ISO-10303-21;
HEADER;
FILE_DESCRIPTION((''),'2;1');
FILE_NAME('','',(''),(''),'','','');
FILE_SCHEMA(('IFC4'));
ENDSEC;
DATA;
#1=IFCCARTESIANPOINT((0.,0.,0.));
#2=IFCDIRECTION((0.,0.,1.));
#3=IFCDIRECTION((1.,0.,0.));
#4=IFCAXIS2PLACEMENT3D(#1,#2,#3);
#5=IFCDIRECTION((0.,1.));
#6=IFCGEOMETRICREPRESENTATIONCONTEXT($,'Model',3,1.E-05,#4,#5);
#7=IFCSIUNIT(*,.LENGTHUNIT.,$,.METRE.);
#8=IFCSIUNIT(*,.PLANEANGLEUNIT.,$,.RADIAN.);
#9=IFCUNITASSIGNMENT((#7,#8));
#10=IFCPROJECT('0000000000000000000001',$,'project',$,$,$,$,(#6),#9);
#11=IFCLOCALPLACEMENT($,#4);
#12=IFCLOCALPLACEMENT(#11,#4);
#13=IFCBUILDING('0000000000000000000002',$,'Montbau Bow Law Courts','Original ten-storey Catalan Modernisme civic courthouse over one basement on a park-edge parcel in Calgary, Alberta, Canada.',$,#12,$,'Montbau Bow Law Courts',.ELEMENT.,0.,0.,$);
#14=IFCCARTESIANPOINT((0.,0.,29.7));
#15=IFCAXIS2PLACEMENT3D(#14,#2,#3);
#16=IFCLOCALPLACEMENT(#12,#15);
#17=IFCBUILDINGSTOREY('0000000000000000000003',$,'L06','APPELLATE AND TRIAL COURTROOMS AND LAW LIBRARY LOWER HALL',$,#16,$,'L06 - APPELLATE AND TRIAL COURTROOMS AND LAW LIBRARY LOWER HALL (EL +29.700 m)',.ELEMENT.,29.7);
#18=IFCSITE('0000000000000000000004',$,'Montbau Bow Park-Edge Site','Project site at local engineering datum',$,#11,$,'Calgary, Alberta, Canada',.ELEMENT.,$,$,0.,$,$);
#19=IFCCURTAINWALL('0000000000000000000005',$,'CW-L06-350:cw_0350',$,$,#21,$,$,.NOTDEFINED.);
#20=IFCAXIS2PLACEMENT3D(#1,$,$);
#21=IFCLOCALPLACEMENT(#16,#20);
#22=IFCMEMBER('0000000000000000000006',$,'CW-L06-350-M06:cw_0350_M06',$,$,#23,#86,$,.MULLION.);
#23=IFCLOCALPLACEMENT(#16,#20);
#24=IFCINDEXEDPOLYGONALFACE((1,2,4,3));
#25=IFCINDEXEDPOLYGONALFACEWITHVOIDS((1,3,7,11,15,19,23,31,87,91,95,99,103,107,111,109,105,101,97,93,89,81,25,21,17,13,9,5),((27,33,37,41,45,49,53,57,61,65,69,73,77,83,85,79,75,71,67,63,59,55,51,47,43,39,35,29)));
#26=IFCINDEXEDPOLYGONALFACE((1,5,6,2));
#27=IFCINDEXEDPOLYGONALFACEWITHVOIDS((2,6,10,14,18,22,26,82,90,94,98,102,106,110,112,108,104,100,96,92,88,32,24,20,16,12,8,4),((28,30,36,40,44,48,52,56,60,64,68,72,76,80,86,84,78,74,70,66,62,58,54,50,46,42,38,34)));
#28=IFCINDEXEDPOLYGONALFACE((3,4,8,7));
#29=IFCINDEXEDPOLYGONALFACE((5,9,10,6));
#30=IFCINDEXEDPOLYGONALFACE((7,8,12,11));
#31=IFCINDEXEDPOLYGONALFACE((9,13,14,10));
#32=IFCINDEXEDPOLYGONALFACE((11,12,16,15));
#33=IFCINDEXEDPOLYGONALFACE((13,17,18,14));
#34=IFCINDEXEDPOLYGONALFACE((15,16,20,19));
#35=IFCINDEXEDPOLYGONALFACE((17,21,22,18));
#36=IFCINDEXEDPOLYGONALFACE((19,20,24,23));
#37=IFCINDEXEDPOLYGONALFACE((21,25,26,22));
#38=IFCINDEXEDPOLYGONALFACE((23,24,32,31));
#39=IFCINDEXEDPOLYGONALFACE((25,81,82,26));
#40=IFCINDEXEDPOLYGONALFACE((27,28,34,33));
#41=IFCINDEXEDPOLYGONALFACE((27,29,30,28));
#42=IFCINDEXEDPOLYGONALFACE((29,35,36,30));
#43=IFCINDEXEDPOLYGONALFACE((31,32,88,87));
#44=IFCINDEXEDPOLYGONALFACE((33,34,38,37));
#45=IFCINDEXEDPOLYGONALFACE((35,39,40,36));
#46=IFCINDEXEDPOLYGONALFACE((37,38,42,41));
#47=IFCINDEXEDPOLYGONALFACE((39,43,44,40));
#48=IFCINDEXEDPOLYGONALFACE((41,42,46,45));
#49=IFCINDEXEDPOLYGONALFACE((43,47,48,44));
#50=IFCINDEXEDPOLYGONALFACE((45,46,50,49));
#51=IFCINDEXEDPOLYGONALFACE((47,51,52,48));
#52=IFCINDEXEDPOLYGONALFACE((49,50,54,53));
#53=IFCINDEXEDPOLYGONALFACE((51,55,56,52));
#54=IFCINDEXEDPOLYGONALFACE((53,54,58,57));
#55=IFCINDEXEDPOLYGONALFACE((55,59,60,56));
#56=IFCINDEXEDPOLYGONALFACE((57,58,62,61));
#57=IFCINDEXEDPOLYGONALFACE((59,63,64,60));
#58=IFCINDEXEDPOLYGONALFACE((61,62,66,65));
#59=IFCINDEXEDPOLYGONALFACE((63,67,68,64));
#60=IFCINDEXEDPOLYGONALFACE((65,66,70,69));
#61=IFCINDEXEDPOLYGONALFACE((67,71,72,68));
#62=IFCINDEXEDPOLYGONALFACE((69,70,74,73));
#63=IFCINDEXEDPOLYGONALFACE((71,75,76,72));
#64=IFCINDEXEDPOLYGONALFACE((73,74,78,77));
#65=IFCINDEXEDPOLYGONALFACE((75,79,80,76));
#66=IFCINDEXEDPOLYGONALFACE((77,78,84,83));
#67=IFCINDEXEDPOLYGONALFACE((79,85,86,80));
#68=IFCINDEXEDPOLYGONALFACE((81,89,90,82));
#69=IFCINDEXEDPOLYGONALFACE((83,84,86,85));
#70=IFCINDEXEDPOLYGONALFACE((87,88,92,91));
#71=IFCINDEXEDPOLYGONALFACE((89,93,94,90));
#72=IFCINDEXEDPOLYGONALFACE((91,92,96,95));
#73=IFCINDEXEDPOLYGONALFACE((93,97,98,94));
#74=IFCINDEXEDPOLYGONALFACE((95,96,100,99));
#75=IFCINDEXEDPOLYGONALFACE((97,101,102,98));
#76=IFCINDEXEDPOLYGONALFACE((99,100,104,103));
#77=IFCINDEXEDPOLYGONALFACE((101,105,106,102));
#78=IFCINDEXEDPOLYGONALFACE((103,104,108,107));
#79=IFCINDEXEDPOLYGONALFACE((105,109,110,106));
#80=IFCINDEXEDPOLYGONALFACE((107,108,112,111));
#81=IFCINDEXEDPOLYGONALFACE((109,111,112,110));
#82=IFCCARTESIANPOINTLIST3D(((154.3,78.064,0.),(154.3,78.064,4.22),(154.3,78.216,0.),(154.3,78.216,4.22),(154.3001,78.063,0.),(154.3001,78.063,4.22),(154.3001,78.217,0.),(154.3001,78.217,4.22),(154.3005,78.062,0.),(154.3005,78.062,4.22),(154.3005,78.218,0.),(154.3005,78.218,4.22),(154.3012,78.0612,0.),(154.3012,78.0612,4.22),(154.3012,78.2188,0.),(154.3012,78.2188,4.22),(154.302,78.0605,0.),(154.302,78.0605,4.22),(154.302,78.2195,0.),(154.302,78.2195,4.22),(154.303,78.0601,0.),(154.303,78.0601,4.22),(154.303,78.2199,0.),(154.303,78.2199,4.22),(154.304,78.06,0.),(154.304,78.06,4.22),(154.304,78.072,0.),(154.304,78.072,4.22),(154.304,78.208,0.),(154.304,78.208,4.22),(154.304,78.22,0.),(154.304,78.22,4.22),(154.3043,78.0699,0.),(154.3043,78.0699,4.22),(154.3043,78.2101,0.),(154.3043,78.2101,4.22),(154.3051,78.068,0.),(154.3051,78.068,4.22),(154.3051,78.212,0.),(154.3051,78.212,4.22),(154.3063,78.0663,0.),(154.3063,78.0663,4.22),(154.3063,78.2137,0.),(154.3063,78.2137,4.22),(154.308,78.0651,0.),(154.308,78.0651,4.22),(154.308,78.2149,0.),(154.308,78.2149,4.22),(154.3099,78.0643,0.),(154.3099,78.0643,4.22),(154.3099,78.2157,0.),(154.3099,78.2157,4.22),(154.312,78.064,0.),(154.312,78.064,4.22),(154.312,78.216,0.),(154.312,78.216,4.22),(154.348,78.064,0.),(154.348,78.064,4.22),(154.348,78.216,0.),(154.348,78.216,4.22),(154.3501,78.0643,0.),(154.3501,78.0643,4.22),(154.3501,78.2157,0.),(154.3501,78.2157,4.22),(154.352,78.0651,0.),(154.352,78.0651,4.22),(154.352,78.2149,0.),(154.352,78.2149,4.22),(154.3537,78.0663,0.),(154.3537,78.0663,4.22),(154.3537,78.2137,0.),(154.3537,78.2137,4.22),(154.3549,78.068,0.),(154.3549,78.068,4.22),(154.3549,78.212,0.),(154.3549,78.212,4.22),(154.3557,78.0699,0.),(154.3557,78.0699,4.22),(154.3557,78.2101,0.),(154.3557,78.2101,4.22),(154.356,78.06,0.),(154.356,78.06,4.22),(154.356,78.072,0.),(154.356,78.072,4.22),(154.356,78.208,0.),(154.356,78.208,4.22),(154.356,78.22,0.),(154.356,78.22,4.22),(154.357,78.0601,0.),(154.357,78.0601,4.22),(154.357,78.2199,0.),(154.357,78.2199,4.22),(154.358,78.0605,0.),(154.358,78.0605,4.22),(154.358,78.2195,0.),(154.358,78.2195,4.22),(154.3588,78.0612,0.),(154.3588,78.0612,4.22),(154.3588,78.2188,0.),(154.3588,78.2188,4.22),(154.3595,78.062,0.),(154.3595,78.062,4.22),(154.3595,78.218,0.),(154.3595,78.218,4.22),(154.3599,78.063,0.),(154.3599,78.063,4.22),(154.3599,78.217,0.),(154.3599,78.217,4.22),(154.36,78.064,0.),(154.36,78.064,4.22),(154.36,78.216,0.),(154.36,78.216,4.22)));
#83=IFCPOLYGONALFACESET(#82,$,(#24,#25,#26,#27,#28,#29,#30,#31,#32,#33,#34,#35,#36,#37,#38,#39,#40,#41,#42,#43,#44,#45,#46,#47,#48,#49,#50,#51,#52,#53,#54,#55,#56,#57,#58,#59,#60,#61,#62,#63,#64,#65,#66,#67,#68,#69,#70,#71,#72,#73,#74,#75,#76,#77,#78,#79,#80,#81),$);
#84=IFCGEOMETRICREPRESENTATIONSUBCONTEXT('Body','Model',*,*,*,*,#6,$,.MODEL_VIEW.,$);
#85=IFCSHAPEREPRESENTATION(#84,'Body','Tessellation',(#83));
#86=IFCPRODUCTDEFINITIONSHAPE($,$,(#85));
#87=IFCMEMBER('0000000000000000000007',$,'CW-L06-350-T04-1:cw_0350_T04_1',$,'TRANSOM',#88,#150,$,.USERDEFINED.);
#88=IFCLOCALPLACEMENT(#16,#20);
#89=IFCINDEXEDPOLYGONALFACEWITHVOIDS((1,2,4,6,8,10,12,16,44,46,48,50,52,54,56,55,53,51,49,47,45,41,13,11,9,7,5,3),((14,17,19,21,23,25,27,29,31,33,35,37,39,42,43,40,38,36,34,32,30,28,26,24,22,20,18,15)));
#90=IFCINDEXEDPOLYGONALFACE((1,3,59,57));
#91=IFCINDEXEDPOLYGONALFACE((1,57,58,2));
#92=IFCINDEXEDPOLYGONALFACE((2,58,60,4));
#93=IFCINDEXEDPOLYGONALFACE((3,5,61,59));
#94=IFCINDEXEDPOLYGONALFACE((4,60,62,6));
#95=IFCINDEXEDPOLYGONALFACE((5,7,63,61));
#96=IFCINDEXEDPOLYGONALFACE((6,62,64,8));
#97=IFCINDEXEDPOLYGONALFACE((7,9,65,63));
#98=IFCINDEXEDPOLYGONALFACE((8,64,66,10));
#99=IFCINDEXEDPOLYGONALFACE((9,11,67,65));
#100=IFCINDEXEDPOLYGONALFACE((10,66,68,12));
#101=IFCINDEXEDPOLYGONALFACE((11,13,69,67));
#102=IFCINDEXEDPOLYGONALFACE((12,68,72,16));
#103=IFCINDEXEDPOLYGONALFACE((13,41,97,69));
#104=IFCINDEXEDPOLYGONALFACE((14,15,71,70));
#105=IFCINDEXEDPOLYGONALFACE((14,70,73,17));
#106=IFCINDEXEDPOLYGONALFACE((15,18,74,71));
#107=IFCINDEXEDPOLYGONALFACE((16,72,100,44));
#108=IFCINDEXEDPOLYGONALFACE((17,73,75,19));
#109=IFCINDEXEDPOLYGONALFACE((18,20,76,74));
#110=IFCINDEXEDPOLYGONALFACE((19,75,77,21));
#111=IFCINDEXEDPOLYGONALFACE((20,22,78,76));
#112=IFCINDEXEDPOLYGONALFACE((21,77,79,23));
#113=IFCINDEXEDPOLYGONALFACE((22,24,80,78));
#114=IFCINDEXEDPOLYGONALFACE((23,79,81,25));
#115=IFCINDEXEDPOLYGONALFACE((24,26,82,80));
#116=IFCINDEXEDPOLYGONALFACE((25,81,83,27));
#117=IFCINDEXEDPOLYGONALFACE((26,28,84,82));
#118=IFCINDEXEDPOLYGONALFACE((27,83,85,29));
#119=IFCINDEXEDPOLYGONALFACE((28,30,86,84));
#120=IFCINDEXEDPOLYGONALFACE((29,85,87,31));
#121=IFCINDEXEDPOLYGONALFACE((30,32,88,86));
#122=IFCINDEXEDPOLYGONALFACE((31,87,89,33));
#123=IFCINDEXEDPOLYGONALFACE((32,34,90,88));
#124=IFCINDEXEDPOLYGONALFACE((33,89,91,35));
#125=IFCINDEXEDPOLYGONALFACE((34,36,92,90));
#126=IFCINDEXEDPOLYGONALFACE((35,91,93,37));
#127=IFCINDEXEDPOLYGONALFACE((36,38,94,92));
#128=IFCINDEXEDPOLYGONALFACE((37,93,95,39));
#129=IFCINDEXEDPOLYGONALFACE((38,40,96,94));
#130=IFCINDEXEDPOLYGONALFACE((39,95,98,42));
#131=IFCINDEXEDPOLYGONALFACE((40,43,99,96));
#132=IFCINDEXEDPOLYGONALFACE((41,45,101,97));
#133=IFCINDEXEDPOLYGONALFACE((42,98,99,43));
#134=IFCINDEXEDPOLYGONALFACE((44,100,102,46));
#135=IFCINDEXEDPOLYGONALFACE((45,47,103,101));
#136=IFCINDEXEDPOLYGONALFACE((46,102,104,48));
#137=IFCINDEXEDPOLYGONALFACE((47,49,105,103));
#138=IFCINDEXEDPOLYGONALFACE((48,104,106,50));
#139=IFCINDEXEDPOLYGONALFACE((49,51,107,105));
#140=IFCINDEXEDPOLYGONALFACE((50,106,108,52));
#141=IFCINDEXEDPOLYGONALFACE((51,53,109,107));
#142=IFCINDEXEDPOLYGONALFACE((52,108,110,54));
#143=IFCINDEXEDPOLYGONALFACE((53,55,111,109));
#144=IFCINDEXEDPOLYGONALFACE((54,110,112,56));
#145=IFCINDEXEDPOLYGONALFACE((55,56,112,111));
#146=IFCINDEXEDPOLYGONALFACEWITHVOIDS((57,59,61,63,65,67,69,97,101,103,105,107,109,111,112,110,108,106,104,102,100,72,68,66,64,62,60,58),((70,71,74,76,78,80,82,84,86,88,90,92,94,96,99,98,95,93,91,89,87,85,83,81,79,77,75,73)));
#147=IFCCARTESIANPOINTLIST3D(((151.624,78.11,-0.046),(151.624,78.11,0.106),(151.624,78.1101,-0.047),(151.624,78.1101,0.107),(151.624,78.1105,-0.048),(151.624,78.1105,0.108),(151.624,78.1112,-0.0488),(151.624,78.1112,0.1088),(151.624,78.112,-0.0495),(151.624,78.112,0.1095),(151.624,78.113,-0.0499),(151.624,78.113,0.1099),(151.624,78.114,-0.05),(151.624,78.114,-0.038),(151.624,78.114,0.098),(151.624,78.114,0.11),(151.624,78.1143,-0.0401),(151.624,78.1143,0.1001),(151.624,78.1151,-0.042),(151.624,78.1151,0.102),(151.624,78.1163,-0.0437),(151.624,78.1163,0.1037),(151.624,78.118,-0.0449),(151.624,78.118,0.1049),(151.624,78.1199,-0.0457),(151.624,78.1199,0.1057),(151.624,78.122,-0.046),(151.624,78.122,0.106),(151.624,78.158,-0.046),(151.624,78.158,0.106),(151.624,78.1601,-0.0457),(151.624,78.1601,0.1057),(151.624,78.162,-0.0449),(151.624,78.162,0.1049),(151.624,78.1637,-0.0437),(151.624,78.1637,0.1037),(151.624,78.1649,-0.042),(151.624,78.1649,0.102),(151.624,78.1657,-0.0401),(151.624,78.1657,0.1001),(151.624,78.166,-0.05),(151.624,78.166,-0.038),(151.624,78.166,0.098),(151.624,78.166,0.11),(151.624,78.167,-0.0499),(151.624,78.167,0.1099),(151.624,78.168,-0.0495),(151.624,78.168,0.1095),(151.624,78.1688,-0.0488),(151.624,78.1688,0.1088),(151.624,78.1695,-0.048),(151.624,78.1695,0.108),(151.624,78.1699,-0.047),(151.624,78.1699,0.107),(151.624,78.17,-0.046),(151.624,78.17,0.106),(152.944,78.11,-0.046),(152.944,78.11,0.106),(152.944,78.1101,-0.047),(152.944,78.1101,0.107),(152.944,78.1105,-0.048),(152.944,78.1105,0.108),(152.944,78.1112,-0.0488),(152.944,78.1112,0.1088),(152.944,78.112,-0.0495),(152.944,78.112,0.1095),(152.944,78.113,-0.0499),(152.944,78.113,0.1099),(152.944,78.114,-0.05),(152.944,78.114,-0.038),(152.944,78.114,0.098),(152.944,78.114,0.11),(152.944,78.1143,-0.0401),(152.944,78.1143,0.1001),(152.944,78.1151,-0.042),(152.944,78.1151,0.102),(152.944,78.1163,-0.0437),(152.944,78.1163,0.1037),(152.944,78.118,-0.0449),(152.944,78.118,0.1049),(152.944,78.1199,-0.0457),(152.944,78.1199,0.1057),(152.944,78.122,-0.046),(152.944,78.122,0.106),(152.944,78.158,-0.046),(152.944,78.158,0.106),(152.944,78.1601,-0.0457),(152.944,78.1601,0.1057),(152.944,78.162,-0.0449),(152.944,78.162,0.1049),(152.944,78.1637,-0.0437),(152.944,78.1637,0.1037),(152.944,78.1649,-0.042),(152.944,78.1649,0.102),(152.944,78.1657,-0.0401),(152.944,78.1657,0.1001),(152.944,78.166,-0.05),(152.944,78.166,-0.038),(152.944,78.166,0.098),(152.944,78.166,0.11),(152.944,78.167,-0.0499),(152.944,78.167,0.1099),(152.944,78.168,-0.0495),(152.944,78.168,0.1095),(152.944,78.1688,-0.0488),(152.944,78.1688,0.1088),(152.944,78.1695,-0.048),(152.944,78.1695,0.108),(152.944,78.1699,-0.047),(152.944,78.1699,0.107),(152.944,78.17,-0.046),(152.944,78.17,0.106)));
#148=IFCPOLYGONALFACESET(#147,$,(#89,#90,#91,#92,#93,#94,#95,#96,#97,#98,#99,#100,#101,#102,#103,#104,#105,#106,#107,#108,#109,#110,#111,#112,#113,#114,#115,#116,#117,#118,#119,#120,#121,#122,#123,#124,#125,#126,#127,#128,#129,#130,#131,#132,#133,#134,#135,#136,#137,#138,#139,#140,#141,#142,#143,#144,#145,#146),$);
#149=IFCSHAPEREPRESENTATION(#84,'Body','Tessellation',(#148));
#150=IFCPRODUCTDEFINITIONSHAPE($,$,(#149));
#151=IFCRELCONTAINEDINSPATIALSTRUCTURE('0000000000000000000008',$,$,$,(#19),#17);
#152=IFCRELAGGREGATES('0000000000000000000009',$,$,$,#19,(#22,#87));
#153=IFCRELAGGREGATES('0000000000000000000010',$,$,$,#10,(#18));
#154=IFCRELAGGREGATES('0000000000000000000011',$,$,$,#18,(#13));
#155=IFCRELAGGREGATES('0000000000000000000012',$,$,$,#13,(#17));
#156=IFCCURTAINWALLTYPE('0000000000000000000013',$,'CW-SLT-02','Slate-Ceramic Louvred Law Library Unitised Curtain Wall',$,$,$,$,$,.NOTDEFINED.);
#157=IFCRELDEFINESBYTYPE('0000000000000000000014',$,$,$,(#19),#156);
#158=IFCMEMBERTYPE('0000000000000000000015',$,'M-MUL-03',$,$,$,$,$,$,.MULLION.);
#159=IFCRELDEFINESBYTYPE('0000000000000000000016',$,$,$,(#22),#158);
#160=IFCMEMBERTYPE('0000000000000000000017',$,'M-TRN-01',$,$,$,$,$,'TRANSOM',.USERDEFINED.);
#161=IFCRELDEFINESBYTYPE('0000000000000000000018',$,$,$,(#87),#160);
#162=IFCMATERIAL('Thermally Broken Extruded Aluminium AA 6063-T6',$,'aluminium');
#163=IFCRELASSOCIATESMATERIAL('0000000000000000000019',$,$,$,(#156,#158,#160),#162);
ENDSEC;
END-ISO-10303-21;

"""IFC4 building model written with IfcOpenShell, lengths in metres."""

from ifc_helpers import new_model, si_unit, direction, frame, origin_with_axes, origin_2d_with_axis, place, context, subcontext, project, spatial, hollow_rectangle, extrude, material, material_profile, profile_set, type_object, element, aggregate, save


model = new_model("IFC4")

# Units and contexts
model_context = context("Model", 3, precision=1e-05, world=origin_with_axes(), true_north=direction((0.0, 1.0)))
body_context = subcontext(model_context, "Body", "Model", "MODEL_VIEW")
ifc_project = project(units=[si_unit("LENGTHUNIT", "METRE"), si_unit("PLANEANGLEUNIT", "RADIAN")], contexts=[model_context])

# Site, building, storey
site_placement = place(None, origin_with_axes())
site = spatial("IfcSite", under=ifc_project, at=site_placement, Name="Montbau Bow Park-Edge Site", Description="Project site at local engineering datum", LongName="Calgary, Alberta, Canada", CompositionType="ELEMENT", RefElevation=0.0)
building_placement = place(site_placement, origin_with_axes())
building = spatial("IfcBuilding", under=site, at=building_placement, Name="Montbau Bow Law Courts", Description="Original ten-storey Catalan Modernisme civic courthouse over one basement on a park-edge parcel in Calgary, Alberta, Canada.", LongName="Montbau Bow Law Courts", CompositionType="ELEMENT", ElevationOfRefHeight=0.0, ElevationOfTerrain=0.0)
storey_placement = place(building_placement, frame((0.0, 0.0, 29.7), z_axis=(0.0, 0.0, 1.0), x_axis=(1.0, 0.0, 0.0)))
storey = spatial("IfcBuildingStorey", under=building, at=storey_placement, Name="L06", Description="APPELLATE AND TRIAL COURTROOMS AND LAW LIBRARY LOWER HALL", LongName="L06 - APPELLATE AND TRIAL COURTROOMS AND LAW LIBRARY LOWER HALL (EL +29.700 m)", CompositionType="ELEMENT", Elevation=29.7)

# Curtain wall, members
ifc_material_1 = material(Name="Thermally Broken Extruded Aluminium AA 6063-T6", Category="aluminium")
curtain_wall_type = type_object("IfcCurtainWallType", Name="CW-SLT-02", Description="Slate-Ceramic Louvred Law Library Unitised Curtain Wall", PredefinedType="NOTDEFINED", material=ifc_material_1)
curtain_wall_1_placement = place(None, frame((147.44, 78.14, 29.7), z_axis=(0.0, 0.0, 1.0), x_axis=(1.0, 0.0, 0.0)))
curtain_wall_1 = element("IfcCurtainWall", 1, at=curtain_wall_1_placement, inside=storey, type_object=curtain_wall_type, Name="CW-L06-350:cw_0350", PredefinedType="NOTDEFINED")
ifc_material_profile_1 = material_profile(ifc_material_1, hollow_rectangle(XDim=0.06, YDim=0.16, WallThickness=0.004, InnerFilletRadius=0.008, OuterFilletRadius=0.004, at=origin_2d_with_axis()), Name="CWM-160X60", Category="Main", Priority=0)
ifc_profile_set_1 = profile_set([ifc_material_profile_1], Name="Thermally Broken Extruded Aluminium AA 6063-T6")
member_type_1 = type_object("IfcMemberType", Name="M-MUL-03", PredefinedType="MULLION", material=ifc_profile_set_1)
member_1_placement = place(None, frame((154.33, 78.14, 29.7), z_axis=(0.0, 0.0, 1.0), x_axis=(1.0, 0.0, 0.0)))
member_1 = element("IfcMember", 2, at=member_1_placement, type_object=member_type_1, Name="CW-L06-350-M06:cw_0350_M06", PredefinedType="MULLION", context=body_context, shape_type="SweptSolid", body=[
    extrude(hollow_rectangle(XDim=0.06, YDim=0.16, WallThickness=0.004, InnerFilletRadius=0.008, OuterFilletRadius=0.004, at=origin_2d_with_axis()), origin_with_axes(), (0.0, 0.0, 1.0), 4.22),
])
ifc_material_profile_2 = material_profile(ifc_material_1, hollow_rectangle(XDim=0.06, YDim=0.16, WallThickness=0.004, InnerFilletRadius=0.008, OuterFilletRadius=0.004, at=origin_2d_with_axis()), Name="CWT-160X60", Category="Main", Priority=0)
ifc_profile_set_2 = profile_set([ifc_material_profile_2], Name="Thermally Broken Extruded Aluminium AA 6063-T6")
member_type_2 = type_object("IfcMemberType", Name="M-TRN-01", ElementType="TRANSOM", PredefinedType="USERDEFINED", material=ifc_profile_set_2)
member_2_placement = place(None, frame((151.624, 78.14, 29.73), z_axis=(1.0, 0.0, 0.0), x_axis=(0.0, 1.0, 0.0)))
member_2 = element("IfcMember", 3, at=member_2_placement, type_object=member_type_2, Name="CW-L06-350-T04-1:cw_0350_T04_1", ObjectType="TRANSOM", PredefinedType="USERDEFINED", context=body_context, shape_type="SweptSolid", body=[
    extrude(hollow_rectangle(XDim=0.06, YDim=0.16, WallThickness=0.004, InnerFilletRadius=0.008, OuterFilletRadius=0.004, at=origin_2d_with_axis()), origin_with_axes(), (0.0, 0.0, 1.0), 1.32),
])

aggregate(curtain_wall_1, [member_1, member_2])

save(model, "model.ifc")
